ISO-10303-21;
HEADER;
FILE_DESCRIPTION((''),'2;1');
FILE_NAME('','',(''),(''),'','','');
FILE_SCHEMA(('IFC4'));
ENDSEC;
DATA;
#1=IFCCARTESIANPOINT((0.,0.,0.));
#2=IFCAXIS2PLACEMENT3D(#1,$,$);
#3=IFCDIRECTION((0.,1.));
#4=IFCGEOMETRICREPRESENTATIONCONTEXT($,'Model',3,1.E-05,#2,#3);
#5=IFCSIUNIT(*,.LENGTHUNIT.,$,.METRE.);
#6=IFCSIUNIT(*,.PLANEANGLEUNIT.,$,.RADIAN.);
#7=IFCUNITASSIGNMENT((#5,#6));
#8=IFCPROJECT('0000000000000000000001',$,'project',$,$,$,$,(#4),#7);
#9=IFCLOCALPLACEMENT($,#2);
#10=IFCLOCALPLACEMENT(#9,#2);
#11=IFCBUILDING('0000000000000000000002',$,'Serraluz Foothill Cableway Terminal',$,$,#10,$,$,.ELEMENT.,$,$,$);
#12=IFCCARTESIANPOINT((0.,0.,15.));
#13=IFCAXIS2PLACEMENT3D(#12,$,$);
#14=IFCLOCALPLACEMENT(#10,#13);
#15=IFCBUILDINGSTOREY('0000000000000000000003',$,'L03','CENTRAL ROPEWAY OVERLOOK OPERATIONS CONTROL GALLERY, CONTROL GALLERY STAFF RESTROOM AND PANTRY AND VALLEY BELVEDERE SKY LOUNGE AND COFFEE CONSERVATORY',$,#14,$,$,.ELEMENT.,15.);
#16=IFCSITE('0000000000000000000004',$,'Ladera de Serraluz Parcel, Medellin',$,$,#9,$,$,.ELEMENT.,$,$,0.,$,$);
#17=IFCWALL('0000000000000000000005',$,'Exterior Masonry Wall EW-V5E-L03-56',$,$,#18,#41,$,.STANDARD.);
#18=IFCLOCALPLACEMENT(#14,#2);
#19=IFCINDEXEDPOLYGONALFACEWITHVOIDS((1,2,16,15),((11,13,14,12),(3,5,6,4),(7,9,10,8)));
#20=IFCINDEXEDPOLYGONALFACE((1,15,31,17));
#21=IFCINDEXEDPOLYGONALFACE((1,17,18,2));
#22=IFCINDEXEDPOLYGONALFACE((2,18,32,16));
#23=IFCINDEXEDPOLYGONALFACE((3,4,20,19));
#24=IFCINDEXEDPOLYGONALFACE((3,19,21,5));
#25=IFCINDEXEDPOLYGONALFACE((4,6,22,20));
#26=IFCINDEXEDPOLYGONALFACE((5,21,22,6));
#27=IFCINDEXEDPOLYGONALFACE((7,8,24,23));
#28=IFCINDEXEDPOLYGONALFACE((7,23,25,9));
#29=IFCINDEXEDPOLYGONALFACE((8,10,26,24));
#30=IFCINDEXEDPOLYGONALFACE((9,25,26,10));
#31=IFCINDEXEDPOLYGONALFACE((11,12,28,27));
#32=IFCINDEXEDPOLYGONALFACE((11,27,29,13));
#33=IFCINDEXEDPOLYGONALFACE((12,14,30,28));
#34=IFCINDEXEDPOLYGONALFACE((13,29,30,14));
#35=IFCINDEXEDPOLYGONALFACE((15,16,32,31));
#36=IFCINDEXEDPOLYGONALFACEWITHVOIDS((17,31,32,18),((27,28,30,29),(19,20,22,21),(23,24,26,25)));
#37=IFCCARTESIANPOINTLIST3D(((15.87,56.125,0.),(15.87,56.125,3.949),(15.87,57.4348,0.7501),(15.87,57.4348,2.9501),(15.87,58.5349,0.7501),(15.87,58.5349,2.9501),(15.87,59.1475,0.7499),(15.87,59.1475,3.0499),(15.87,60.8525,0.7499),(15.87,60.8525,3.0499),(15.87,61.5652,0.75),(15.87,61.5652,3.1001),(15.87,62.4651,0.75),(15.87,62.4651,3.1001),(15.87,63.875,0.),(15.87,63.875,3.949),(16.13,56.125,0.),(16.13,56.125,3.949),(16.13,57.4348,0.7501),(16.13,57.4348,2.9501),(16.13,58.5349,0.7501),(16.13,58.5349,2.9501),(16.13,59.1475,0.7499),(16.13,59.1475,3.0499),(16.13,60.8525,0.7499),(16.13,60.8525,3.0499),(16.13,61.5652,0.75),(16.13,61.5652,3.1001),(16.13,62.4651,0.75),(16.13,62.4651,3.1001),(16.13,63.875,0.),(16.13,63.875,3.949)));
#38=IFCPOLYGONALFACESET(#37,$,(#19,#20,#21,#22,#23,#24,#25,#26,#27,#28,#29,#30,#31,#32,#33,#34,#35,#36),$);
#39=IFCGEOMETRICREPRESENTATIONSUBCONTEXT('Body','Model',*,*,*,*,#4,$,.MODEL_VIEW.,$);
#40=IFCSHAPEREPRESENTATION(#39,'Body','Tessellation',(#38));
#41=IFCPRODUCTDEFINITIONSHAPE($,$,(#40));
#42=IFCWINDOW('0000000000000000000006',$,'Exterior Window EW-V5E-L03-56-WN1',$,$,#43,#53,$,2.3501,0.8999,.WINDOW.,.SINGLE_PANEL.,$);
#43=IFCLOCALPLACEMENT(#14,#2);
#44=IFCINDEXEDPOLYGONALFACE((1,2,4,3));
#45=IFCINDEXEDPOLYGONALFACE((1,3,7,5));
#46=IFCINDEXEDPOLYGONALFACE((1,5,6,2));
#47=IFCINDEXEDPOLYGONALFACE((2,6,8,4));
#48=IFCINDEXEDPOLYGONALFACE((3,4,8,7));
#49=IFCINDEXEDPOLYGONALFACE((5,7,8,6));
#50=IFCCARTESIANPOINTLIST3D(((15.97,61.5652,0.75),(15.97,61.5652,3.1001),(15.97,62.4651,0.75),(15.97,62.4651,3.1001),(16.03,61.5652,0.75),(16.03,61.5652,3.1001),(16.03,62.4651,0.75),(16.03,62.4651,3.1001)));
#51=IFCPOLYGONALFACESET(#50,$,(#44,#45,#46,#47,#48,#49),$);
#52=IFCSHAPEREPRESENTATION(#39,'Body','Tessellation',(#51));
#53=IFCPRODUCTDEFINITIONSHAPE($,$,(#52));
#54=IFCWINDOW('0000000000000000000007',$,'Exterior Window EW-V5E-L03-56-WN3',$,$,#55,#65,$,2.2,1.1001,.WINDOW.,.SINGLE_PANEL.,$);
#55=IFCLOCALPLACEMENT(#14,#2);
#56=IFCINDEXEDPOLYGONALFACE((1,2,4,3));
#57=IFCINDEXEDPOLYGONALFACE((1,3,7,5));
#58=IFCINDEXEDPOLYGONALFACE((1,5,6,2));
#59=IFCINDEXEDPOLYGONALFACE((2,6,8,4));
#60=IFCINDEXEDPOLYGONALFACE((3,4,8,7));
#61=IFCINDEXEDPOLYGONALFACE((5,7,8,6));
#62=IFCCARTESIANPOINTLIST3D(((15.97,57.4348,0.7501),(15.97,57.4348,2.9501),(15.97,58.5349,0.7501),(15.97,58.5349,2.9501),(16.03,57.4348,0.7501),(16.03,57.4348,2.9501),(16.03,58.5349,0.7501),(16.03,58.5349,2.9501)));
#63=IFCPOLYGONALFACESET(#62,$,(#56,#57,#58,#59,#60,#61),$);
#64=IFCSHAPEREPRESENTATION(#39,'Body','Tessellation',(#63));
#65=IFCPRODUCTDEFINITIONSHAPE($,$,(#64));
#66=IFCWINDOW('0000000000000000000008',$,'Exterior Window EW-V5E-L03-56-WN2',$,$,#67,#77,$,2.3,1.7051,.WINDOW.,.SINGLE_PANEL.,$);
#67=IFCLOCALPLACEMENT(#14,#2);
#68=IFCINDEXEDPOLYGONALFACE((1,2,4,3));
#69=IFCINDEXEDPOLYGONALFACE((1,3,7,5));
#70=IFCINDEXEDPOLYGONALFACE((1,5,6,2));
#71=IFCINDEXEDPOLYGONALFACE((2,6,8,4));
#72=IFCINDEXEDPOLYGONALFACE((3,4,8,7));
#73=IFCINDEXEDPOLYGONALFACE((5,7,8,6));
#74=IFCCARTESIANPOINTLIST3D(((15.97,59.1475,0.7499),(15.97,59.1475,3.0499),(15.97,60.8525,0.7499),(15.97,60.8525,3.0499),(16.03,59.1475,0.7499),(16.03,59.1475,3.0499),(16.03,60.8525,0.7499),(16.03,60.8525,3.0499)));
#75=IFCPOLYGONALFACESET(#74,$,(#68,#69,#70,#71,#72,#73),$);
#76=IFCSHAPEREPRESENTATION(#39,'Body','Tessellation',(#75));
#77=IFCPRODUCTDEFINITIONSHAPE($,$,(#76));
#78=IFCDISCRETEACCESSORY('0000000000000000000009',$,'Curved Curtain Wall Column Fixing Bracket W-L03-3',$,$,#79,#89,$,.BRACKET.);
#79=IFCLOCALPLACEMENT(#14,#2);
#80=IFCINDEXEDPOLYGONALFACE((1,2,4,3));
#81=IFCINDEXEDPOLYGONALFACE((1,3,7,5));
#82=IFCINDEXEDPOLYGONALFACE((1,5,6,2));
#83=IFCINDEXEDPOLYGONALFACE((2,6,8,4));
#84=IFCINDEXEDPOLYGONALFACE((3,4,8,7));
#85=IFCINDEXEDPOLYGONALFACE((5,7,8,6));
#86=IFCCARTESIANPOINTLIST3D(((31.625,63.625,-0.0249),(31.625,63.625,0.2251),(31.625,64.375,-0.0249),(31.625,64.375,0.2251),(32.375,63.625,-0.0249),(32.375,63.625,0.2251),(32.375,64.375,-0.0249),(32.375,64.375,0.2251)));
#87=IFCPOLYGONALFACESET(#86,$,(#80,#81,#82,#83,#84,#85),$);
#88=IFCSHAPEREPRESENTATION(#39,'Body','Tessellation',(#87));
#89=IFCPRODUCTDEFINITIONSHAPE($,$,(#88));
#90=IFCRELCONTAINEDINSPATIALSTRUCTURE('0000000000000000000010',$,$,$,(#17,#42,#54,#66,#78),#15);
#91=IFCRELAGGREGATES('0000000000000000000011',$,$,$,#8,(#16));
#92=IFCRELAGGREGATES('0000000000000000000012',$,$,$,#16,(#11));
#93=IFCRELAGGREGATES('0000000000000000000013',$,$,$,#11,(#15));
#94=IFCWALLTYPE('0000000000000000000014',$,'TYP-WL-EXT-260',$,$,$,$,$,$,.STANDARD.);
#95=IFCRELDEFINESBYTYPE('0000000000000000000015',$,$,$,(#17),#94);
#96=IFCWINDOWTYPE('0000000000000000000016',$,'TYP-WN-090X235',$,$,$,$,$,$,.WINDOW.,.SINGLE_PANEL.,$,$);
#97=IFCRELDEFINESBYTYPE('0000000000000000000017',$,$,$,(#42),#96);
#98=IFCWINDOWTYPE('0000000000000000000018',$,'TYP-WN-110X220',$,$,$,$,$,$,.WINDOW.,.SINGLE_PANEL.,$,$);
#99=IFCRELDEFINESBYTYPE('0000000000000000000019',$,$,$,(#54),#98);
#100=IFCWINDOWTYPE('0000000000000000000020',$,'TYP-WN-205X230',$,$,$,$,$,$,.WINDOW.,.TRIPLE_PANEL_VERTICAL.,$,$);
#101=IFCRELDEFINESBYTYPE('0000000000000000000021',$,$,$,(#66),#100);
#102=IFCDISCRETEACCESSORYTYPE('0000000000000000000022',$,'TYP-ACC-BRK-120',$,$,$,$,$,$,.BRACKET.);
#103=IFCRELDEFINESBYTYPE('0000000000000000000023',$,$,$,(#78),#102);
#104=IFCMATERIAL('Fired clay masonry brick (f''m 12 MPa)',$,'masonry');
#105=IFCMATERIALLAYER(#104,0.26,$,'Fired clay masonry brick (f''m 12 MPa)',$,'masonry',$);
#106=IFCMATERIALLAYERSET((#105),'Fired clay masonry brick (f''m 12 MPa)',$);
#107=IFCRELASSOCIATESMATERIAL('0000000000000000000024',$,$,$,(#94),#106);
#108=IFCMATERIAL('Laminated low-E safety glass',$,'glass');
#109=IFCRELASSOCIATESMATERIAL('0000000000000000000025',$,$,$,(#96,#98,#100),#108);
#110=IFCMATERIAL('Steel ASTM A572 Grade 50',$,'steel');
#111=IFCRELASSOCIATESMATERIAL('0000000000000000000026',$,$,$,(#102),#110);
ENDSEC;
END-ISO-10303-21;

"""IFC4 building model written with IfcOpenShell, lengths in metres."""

from ifc_helpers import new_model, si_unit, direction, frame, frame_2d, origin, origin_2d, place, context, subcontext, project, spatial, rectangle, extrude, material, layer, layer_set, type_object, element, fill, save


model = new_model("IFC4")

# Units and contexts
model_context = context("Model", 3, precision=1e-05, world=origin(), true_north=direction((0.0, 1.0)))
body_context = subcontext(model_context, "Body", "Model", "MODEL_VIEW")
ifc_project = project(units=[si_unit("LENGTHUNIT", "METRE"), si_unit("PLANEANGLEUNIT", "RADIAN")], contexts=[model_context])

# Site, building, storey
site_placement = place(None, origin())
site = spatial("IfcSite", under=ifc_project, at=site_placement, Name="Ladera de Serraluz Parcel, Medellin", CompositionType="ELEMENT", RefElevation=0.0)
building_placement = place(site_placement, origin())
building = spatial("IfcBuilding", under=site, at=building_placement, Name="Serraluz Foothill Cableway Terminal", CompositionType="ELEMENT")
storey_placement = place(building_placement, frame((0.0, 0.0, 15.0)))
storey = spatial("IfcBuildingStorey", under=building, at=storey_placement, Name="L03", Description="CENTRAL ROPEWAY OVERLOOK OPERATIONS CONTROL GALLERY, CONTROL GALLERY STAFF RESTROOM AND PANTRY AND VALLEY BELVEDERE SKY LOUNGE AND COFFEE CONSERVATORY", CompositionType="ELEMENT", Elevation=15.0)

# Shared definitions
ifc_material_1 = material(Name="Steel ASTM A572 Grade 50", Category="steel")
ifc_material_2 = material(Name="Fired clay masonry brick (f'm 12 MPa)", Category="masonry")

# Shared definitions
ifc_material_3 = material(Name="Laminated low-E safety glass", Category="glass")

# Wall, openings, windows
ifc_layer_1 = layer(ifc_material_2, 0.26, Name="Fired clay masonry brick (f'm 12 MPa)", Category="masonry")
ifc_layer_set_1 = layer_set([ifc_layer_1], Name="Fired clay masonry brick (f'm 12 MPa)")
wall_type_1 = type_object("IfcWallType", Name="TYP-WL-EXT-260", PredefinedType="STANDARD", material=ifc_layer_set_1)
wall_1_placement = place(storey_placement, frame((16.0, 63.875, 0.0), z_axis=(0.0, 0.0, 1.0), x_axis=(0.0, -1.0, 0.0)))
wall_1 = element("IfcWall", 1, at=wall_1_placement, inside=storey, type_object=wall_type_1, Name="Exterior Masonry Wall EW-V5E-L03-56", PredefinedType="STANDARD", context=body_context, shape_type="SweptSolid", body=[
    extrude(rectangle(XDim=7.75, YDim=0.26, at=frame_2d((3.875, 0.0))), origin(), (0.0, 0.0, 1.0), 3.949),
])
opening_1_placement = place(wall_1_placement, frame((1.4099, 0.0, 0.75)))
opening_1 = element("IfcOpeningElement", 2, at=opening_1_placement, cuts=wall_1, PredefinedType="OPENING", context=body_context, shape_type="SweptSolid", body=[
    extrude(rectangle(XDim=0.8999, YDim=2.3501, at=frame_2d((0.45, 1.175))), frame((0.0, 0.1401, 0.0), z_axis=(0.0, -1.0, 0.0), x_axis=(1.0, 0.0, 0.0)), (0.0, 0.0, 1.0), 0.28),
])
opening_2_placement = place(wall_1_placement, frame((3.0225, 0.0, 0.75)))
opening_2 = element("IfcOpeningElement", 3, at=opening_2_placement, cuts=wall_1, PredefinedType="OPENING", context=body_context, shape_type="SweptSolid", body=[
    extrude(rectangle(XDim=1.7051, YDim=2.3, at=frame_2d((0.8525, 1.1499))), frame((0.0, 0.1401, 0.0), z_axis=(0.0, -1.0, 0.0), x_axis=(1.0, 0.0, 0.0)), (0.0, 0.0, 1.0), 0.28),
])
opening_3_placement = place(wall_1_placement, frame((5.3401, 0.0, 0.75)))
opening_3 = element("IfcOpeningElement", 4, at=opening_3_placement, cuts=wall_1, PredefinedType="OPENING", context=body_context, shape_type="SweptSolid", body=[
    extrude(rectangle(XDim=1.1001, YDim=2.2, at=frame_2d((0.55, 1.1001))), frame((0.0, 0.1401, 0.0), z_axis=(0.0, -1.0, 0.0), x_axis=(1.0, 0.0, 0.0)), (0.0, 0.0, 1.0), 0.28),
])
window_type_1 = type_object("IfcWindowType", Name="TYP-WN-090X235", PartitioningType="SINGLE_PANEL", PredefinedType="WINDOW", material=ifc_material_3)
window_1_placement = place(opening_1_placement, origin())
window_1 = element("IfcWindow", 5, at=window_1_placement, inside=storey, type_object=window_type_1, Name="Exterior Window EW-V5E-L03-56-WN1", OverallHeight=2.3501, OverallWidth=0.8999, PartitioningType="SINGLE_PANEL", PredefinedType="WINDOW", context=body_context, shape_type="SweptSolid", body=[
    extrude(rectangle(XDim=0.8999, YDim=2.3501, at=frame_2d((0.45, 1.175))), frame((0.0, 0.03, 0.0), z_axis=(0.0, -1.0, 0.0), x_axis=(1.0, 0.0, 0.0)), (0.0, 0.0, 1.0), 0.0601),
])
fill(opening_1, window_1)
window_type_2 = type_object("IfcWindowType", Name="TYP-WN-110X220", PartitioningType="SINGLE_PANEL", PredefinedType="WINDOW", material=ifc_material_3)
window_2_placement = place(opening_3_placement, origin())
window_2 = element("IfcWindow", 6, at=window_2_placement, inside=storey, type_object=window_type_2, Name="Exterior Window EW-V5E-L03-56-WN3", OverallHeight=2.2, OverallWidth=1.1001, PartitioningType="SINGLE_PANEL", PredefinedType="WINDOW", context=body_context, shape_type="SweptSolid", body=[
    extrude(rectangle(XDim=1.1001, YDim=2.2, at=frame_2d((0.55, 1.1001))), frame((0.0, 0.03, 0.0), z_axis=(0.0, -1.0, 0.0), x_axis=(1.0, 0.0, 0.0)), (0.0, 0.0, 1.0), 0.0601),
])
fill(opening_3, window_2)
window_type_3 = type_object("IfcWindowType", Name="TYP-WN-205X230", PartitioningType="TRIPLE_PANEL_VERTICAL", PredefinedType="WINDOW", material=ifc_material_3)
window_3_placement = place(opening_2_placement, origin())
window_3 = element("IfcWindow", 7, at=window_3_placement, inside=storey, type_object=window_type_3, Name="Exterior Window EW-V5E-L03-56-WN2", OverallHeight=2.3, OverallWidth=1.7051, PartitioningType="SINGLE_PANEL", PredefinedType="WINDOW", context=body_context, shape_type="SweptSolid", body=[
    extrude(rectangle(XDim=1.7051, YDim=2.3, at=frame_2d((0.8525, 1.1499))), frame((0.0, 0.03, 0.0), z_axis=(0.0, -1.0, 0.0), x_axis=(1.0, 0.0, 0.0)), (0.0, 0.0, 1.0), 0.0601),
])
fill(opening_2, window_3)

# Discrete accessory
discrete_accessory_type = type_object("IfcDiscreteAccessoryType", Name="TYP-ACC-BRK-120", PredefinedType="BRACKET", material=ifc_material_1)
discrete_accessory_placement = place(storey_placement, frame((32.0, 64.0, -0.0249), z_axis=(0.0, 0.0, 1.0), x_axis=(1.0, 0.0, 0.0)))
element("IfcDiscreteAccessory", 8, at=discrete_accessory_placement, inside=storey, type_object=discrete_accessory_type, Name="Curved Curtain Wall Column Fixing Bracket W-L03-3", PredefinedType="BRACKET", context=body_context, shape_type="SweptSolid", body=[
    extrude(rectangle(XDim=0.75, YDim=0.75, at=origin_2d()), origin(), (0.0, 0.0, 1.0), 0.25),
])

save(model, "model.ifc")
